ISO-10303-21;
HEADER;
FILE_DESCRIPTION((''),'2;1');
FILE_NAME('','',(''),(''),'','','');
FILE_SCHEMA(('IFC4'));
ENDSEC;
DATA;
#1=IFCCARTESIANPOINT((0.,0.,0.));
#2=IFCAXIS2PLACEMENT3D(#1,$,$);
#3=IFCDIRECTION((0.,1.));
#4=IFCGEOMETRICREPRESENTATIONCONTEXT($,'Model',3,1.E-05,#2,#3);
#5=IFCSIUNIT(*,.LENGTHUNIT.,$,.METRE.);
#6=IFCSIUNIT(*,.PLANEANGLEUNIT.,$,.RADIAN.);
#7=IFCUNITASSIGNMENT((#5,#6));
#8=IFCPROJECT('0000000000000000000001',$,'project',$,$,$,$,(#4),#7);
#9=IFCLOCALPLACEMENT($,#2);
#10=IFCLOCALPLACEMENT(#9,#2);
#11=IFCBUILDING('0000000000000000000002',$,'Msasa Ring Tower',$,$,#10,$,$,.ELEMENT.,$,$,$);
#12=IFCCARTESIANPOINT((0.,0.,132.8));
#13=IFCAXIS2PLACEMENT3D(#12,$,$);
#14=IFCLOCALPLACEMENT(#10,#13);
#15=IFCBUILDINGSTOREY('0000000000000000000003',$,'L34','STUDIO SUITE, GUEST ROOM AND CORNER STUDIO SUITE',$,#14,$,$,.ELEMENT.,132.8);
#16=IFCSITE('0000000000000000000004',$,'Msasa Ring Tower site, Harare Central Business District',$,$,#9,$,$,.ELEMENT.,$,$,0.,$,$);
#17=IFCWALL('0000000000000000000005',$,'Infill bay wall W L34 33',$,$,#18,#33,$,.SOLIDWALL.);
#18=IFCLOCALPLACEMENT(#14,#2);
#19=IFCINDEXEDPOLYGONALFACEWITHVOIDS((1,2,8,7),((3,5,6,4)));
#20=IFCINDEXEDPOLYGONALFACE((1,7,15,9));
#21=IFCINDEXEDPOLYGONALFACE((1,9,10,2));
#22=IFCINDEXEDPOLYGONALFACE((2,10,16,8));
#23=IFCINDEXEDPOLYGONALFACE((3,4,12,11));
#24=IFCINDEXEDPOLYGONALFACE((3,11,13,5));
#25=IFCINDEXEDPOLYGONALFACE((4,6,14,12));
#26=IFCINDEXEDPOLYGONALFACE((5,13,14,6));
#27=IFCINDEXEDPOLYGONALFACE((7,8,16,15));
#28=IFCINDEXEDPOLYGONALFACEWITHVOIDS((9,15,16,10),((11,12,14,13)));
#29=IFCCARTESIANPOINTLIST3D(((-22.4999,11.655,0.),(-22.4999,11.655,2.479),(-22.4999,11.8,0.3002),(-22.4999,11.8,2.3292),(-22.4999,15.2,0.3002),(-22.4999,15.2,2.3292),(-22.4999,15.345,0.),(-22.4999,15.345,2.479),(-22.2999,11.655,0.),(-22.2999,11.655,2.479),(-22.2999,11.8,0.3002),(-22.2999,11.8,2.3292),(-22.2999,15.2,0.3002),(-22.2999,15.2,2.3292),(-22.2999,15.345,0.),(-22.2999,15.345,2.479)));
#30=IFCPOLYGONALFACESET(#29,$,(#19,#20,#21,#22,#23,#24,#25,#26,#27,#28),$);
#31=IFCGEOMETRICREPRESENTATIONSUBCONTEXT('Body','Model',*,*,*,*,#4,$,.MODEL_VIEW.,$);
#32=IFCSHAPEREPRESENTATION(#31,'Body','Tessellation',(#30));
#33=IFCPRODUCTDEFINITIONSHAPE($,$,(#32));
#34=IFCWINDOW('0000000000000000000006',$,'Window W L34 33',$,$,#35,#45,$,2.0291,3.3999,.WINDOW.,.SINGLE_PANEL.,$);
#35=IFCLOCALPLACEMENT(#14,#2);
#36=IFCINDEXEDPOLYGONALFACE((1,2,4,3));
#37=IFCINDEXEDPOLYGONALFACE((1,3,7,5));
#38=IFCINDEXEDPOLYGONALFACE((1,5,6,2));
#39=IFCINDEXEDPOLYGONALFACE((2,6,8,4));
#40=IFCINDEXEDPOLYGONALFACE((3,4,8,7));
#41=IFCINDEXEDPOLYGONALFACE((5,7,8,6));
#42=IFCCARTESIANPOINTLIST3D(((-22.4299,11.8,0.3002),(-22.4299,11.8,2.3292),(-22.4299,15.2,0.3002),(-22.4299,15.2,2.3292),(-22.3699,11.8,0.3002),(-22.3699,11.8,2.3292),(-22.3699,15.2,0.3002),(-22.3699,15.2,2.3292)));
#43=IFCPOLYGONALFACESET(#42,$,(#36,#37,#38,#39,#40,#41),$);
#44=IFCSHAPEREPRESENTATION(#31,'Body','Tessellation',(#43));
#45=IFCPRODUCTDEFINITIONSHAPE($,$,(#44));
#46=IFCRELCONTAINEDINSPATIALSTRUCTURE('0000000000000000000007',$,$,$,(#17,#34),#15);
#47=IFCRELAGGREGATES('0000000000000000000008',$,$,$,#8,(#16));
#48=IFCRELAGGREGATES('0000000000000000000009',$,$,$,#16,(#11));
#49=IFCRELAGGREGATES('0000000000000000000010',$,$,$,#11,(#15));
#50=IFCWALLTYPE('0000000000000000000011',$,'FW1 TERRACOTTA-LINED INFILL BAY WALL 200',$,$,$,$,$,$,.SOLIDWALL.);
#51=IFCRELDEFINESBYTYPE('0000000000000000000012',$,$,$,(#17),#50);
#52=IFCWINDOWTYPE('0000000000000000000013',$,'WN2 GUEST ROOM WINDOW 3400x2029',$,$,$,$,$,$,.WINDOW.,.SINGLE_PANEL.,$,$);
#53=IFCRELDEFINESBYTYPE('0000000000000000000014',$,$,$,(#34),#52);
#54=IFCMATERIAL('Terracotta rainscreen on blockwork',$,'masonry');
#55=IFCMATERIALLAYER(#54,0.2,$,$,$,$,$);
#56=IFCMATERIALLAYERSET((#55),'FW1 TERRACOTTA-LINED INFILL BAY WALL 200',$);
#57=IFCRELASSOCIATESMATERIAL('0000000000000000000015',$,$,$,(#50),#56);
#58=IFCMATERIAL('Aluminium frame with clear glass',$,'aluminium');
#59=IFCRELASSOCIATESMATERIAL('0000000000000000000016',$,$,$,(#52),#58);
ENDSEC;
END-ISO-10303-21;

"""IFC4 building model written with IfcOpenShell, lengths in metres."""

from ifc_helpers import new_model, si_unit, direction, frame, frame_2d, origin, place, context, subcontext, project, spatial, rectangle, extrude, material, layer, layer_set, type_object, element, fill, save


model = new_model("IFC4")

# Units and contexts
model_context = context("Model", 3, precision=1e-05, world=origin(), true_north=direction((0.0, 1.0)))
body_context = subcontext(model_context, "Body", "Model", "MODEL_VIEW")
ifc_project = project(units=[si_unit("LENGTHUNIT", "METRE"), si_unit("PLANEANGLEUNIT", "RADIAN")], contexts=[model_context])

# Site, building, storey
site_placement = place(None, origin())
site = spatial("IfcSite", under=ifc_project, at=site_placement, Name="Msasa Ring Tower site, Harare Central Business District", CompositionType="ELEMENT", RefElevation=0.0)
building_placement = place(site_placement, origin())
building = spatial("IfcBuilding", under=site, at=building_placement, Name="Msasa Ring Tower", CompositionType="ELEMENT")
storey_placement = place(building_placement, frame((0.0, 0.0, 132.8)))
storey = spatial("IfcBuildingStorey", under=building, at=storey_placement, Name="L34", Description="STUDIO SUITE, GUEST ROOM AND CORNER STUDIO SUITE", CompositionType="ELEMENT", Elevation=132.8)

# Wall, opening, window
ifc_material_1 = material(Name="Terracotta rainscreen on blockwork", Category="masonry")
ifc_layer_1 = layer(ifc_material_1, 0.2)
ifc_layer_set_1 = layer_set([ifc_layer_1], Name="FW1 TERRACOTTA-LINED INFILL BAY WALL 200")
wall_type_1 = type_object("IfcWallType", Name="FW1 TERRACOTTA-LINED INFILL BAY WALL 200", PredefinedType="SOLIDWALL", material=ifc_layer_set_1)
ifc_material_2 = material(Name="Aluminium frame with clear glass", Category="aluminium")
window_type = type_object("IfcWindowType", Name="WN2 GUEST ROOM WINDOW 3400x2029", PartitioningType="SINGLE_PANEL", PredefinedType="WINDOW", material=ifc_material_2)
wall_1_placement = place(storey_placement, frame((-22.3999, 11.655, 0.0), z_axis=(0.0, 0.0, 1.0), x_axis=(0.0, 1.0, 0.0)))
wall_1 = element("IfcWall", 1, at=wall_1_placement, inside=storey, type_object=wall_type_1, Name="Infill bay wall W L34 33", PredefinedType="SOLIDWALL", context=body_context, shape_type="SweptSolid", body=[
    extrude(rectangle(XDim=3.6899, YDim=0.2, at=frame_2d((1.845, 0.0))), origin(), (0.0, 0.0, 1.0), 2.479),
])
opening_1_placement = place(wall_1_placement, frame((0.145, 0.0, 0.3)))
opening_1 = element("IfcOpeningElement", 2, at=opening_1_placement, cuts=wall_1, PredefinedType="OPENING", context=body_context, shape_type="SweptSolid", body=[
    extrude(rectangle(XDim=3.3999, YDim=2.0291, at=frame_2d((1.7, 1.0146))), frame((0.0, 0.1099, 0.0), z_axis=(0.0, -1.0, 0.0), x_axis=(1.0, 0.0, 0.0)), (0.0, 0.0, 1.0), 0.22),
])
window_1_placement = place(opening_1_placement, origin())
window_1 = element("IfcWindow", 3, at=window_1_placement, inside=storey, type_object=window_type, Name="Window W L34 33", OverallHeight=2.0291, OverallWidth=3.3999, PartitioningType="SINGLE_PANEL", PredefinedType="WINDOW", context=body_context, shape_type="SweptSolid", body=[
    extrude(rectangle(XDim=3.3999, YDim=2.0291, at=frame_2d((1.7, 1.0146))), frame((0.0, 0.03, 0.0), z_axis=(0.0, -1.0, 0.0), x_axis=(1.0, 0.0, 0.0)), (0.0, 0.0, 1.0), 0.0601),
])
fill(opening_1, window_1)

save(model, "model.ifc")
